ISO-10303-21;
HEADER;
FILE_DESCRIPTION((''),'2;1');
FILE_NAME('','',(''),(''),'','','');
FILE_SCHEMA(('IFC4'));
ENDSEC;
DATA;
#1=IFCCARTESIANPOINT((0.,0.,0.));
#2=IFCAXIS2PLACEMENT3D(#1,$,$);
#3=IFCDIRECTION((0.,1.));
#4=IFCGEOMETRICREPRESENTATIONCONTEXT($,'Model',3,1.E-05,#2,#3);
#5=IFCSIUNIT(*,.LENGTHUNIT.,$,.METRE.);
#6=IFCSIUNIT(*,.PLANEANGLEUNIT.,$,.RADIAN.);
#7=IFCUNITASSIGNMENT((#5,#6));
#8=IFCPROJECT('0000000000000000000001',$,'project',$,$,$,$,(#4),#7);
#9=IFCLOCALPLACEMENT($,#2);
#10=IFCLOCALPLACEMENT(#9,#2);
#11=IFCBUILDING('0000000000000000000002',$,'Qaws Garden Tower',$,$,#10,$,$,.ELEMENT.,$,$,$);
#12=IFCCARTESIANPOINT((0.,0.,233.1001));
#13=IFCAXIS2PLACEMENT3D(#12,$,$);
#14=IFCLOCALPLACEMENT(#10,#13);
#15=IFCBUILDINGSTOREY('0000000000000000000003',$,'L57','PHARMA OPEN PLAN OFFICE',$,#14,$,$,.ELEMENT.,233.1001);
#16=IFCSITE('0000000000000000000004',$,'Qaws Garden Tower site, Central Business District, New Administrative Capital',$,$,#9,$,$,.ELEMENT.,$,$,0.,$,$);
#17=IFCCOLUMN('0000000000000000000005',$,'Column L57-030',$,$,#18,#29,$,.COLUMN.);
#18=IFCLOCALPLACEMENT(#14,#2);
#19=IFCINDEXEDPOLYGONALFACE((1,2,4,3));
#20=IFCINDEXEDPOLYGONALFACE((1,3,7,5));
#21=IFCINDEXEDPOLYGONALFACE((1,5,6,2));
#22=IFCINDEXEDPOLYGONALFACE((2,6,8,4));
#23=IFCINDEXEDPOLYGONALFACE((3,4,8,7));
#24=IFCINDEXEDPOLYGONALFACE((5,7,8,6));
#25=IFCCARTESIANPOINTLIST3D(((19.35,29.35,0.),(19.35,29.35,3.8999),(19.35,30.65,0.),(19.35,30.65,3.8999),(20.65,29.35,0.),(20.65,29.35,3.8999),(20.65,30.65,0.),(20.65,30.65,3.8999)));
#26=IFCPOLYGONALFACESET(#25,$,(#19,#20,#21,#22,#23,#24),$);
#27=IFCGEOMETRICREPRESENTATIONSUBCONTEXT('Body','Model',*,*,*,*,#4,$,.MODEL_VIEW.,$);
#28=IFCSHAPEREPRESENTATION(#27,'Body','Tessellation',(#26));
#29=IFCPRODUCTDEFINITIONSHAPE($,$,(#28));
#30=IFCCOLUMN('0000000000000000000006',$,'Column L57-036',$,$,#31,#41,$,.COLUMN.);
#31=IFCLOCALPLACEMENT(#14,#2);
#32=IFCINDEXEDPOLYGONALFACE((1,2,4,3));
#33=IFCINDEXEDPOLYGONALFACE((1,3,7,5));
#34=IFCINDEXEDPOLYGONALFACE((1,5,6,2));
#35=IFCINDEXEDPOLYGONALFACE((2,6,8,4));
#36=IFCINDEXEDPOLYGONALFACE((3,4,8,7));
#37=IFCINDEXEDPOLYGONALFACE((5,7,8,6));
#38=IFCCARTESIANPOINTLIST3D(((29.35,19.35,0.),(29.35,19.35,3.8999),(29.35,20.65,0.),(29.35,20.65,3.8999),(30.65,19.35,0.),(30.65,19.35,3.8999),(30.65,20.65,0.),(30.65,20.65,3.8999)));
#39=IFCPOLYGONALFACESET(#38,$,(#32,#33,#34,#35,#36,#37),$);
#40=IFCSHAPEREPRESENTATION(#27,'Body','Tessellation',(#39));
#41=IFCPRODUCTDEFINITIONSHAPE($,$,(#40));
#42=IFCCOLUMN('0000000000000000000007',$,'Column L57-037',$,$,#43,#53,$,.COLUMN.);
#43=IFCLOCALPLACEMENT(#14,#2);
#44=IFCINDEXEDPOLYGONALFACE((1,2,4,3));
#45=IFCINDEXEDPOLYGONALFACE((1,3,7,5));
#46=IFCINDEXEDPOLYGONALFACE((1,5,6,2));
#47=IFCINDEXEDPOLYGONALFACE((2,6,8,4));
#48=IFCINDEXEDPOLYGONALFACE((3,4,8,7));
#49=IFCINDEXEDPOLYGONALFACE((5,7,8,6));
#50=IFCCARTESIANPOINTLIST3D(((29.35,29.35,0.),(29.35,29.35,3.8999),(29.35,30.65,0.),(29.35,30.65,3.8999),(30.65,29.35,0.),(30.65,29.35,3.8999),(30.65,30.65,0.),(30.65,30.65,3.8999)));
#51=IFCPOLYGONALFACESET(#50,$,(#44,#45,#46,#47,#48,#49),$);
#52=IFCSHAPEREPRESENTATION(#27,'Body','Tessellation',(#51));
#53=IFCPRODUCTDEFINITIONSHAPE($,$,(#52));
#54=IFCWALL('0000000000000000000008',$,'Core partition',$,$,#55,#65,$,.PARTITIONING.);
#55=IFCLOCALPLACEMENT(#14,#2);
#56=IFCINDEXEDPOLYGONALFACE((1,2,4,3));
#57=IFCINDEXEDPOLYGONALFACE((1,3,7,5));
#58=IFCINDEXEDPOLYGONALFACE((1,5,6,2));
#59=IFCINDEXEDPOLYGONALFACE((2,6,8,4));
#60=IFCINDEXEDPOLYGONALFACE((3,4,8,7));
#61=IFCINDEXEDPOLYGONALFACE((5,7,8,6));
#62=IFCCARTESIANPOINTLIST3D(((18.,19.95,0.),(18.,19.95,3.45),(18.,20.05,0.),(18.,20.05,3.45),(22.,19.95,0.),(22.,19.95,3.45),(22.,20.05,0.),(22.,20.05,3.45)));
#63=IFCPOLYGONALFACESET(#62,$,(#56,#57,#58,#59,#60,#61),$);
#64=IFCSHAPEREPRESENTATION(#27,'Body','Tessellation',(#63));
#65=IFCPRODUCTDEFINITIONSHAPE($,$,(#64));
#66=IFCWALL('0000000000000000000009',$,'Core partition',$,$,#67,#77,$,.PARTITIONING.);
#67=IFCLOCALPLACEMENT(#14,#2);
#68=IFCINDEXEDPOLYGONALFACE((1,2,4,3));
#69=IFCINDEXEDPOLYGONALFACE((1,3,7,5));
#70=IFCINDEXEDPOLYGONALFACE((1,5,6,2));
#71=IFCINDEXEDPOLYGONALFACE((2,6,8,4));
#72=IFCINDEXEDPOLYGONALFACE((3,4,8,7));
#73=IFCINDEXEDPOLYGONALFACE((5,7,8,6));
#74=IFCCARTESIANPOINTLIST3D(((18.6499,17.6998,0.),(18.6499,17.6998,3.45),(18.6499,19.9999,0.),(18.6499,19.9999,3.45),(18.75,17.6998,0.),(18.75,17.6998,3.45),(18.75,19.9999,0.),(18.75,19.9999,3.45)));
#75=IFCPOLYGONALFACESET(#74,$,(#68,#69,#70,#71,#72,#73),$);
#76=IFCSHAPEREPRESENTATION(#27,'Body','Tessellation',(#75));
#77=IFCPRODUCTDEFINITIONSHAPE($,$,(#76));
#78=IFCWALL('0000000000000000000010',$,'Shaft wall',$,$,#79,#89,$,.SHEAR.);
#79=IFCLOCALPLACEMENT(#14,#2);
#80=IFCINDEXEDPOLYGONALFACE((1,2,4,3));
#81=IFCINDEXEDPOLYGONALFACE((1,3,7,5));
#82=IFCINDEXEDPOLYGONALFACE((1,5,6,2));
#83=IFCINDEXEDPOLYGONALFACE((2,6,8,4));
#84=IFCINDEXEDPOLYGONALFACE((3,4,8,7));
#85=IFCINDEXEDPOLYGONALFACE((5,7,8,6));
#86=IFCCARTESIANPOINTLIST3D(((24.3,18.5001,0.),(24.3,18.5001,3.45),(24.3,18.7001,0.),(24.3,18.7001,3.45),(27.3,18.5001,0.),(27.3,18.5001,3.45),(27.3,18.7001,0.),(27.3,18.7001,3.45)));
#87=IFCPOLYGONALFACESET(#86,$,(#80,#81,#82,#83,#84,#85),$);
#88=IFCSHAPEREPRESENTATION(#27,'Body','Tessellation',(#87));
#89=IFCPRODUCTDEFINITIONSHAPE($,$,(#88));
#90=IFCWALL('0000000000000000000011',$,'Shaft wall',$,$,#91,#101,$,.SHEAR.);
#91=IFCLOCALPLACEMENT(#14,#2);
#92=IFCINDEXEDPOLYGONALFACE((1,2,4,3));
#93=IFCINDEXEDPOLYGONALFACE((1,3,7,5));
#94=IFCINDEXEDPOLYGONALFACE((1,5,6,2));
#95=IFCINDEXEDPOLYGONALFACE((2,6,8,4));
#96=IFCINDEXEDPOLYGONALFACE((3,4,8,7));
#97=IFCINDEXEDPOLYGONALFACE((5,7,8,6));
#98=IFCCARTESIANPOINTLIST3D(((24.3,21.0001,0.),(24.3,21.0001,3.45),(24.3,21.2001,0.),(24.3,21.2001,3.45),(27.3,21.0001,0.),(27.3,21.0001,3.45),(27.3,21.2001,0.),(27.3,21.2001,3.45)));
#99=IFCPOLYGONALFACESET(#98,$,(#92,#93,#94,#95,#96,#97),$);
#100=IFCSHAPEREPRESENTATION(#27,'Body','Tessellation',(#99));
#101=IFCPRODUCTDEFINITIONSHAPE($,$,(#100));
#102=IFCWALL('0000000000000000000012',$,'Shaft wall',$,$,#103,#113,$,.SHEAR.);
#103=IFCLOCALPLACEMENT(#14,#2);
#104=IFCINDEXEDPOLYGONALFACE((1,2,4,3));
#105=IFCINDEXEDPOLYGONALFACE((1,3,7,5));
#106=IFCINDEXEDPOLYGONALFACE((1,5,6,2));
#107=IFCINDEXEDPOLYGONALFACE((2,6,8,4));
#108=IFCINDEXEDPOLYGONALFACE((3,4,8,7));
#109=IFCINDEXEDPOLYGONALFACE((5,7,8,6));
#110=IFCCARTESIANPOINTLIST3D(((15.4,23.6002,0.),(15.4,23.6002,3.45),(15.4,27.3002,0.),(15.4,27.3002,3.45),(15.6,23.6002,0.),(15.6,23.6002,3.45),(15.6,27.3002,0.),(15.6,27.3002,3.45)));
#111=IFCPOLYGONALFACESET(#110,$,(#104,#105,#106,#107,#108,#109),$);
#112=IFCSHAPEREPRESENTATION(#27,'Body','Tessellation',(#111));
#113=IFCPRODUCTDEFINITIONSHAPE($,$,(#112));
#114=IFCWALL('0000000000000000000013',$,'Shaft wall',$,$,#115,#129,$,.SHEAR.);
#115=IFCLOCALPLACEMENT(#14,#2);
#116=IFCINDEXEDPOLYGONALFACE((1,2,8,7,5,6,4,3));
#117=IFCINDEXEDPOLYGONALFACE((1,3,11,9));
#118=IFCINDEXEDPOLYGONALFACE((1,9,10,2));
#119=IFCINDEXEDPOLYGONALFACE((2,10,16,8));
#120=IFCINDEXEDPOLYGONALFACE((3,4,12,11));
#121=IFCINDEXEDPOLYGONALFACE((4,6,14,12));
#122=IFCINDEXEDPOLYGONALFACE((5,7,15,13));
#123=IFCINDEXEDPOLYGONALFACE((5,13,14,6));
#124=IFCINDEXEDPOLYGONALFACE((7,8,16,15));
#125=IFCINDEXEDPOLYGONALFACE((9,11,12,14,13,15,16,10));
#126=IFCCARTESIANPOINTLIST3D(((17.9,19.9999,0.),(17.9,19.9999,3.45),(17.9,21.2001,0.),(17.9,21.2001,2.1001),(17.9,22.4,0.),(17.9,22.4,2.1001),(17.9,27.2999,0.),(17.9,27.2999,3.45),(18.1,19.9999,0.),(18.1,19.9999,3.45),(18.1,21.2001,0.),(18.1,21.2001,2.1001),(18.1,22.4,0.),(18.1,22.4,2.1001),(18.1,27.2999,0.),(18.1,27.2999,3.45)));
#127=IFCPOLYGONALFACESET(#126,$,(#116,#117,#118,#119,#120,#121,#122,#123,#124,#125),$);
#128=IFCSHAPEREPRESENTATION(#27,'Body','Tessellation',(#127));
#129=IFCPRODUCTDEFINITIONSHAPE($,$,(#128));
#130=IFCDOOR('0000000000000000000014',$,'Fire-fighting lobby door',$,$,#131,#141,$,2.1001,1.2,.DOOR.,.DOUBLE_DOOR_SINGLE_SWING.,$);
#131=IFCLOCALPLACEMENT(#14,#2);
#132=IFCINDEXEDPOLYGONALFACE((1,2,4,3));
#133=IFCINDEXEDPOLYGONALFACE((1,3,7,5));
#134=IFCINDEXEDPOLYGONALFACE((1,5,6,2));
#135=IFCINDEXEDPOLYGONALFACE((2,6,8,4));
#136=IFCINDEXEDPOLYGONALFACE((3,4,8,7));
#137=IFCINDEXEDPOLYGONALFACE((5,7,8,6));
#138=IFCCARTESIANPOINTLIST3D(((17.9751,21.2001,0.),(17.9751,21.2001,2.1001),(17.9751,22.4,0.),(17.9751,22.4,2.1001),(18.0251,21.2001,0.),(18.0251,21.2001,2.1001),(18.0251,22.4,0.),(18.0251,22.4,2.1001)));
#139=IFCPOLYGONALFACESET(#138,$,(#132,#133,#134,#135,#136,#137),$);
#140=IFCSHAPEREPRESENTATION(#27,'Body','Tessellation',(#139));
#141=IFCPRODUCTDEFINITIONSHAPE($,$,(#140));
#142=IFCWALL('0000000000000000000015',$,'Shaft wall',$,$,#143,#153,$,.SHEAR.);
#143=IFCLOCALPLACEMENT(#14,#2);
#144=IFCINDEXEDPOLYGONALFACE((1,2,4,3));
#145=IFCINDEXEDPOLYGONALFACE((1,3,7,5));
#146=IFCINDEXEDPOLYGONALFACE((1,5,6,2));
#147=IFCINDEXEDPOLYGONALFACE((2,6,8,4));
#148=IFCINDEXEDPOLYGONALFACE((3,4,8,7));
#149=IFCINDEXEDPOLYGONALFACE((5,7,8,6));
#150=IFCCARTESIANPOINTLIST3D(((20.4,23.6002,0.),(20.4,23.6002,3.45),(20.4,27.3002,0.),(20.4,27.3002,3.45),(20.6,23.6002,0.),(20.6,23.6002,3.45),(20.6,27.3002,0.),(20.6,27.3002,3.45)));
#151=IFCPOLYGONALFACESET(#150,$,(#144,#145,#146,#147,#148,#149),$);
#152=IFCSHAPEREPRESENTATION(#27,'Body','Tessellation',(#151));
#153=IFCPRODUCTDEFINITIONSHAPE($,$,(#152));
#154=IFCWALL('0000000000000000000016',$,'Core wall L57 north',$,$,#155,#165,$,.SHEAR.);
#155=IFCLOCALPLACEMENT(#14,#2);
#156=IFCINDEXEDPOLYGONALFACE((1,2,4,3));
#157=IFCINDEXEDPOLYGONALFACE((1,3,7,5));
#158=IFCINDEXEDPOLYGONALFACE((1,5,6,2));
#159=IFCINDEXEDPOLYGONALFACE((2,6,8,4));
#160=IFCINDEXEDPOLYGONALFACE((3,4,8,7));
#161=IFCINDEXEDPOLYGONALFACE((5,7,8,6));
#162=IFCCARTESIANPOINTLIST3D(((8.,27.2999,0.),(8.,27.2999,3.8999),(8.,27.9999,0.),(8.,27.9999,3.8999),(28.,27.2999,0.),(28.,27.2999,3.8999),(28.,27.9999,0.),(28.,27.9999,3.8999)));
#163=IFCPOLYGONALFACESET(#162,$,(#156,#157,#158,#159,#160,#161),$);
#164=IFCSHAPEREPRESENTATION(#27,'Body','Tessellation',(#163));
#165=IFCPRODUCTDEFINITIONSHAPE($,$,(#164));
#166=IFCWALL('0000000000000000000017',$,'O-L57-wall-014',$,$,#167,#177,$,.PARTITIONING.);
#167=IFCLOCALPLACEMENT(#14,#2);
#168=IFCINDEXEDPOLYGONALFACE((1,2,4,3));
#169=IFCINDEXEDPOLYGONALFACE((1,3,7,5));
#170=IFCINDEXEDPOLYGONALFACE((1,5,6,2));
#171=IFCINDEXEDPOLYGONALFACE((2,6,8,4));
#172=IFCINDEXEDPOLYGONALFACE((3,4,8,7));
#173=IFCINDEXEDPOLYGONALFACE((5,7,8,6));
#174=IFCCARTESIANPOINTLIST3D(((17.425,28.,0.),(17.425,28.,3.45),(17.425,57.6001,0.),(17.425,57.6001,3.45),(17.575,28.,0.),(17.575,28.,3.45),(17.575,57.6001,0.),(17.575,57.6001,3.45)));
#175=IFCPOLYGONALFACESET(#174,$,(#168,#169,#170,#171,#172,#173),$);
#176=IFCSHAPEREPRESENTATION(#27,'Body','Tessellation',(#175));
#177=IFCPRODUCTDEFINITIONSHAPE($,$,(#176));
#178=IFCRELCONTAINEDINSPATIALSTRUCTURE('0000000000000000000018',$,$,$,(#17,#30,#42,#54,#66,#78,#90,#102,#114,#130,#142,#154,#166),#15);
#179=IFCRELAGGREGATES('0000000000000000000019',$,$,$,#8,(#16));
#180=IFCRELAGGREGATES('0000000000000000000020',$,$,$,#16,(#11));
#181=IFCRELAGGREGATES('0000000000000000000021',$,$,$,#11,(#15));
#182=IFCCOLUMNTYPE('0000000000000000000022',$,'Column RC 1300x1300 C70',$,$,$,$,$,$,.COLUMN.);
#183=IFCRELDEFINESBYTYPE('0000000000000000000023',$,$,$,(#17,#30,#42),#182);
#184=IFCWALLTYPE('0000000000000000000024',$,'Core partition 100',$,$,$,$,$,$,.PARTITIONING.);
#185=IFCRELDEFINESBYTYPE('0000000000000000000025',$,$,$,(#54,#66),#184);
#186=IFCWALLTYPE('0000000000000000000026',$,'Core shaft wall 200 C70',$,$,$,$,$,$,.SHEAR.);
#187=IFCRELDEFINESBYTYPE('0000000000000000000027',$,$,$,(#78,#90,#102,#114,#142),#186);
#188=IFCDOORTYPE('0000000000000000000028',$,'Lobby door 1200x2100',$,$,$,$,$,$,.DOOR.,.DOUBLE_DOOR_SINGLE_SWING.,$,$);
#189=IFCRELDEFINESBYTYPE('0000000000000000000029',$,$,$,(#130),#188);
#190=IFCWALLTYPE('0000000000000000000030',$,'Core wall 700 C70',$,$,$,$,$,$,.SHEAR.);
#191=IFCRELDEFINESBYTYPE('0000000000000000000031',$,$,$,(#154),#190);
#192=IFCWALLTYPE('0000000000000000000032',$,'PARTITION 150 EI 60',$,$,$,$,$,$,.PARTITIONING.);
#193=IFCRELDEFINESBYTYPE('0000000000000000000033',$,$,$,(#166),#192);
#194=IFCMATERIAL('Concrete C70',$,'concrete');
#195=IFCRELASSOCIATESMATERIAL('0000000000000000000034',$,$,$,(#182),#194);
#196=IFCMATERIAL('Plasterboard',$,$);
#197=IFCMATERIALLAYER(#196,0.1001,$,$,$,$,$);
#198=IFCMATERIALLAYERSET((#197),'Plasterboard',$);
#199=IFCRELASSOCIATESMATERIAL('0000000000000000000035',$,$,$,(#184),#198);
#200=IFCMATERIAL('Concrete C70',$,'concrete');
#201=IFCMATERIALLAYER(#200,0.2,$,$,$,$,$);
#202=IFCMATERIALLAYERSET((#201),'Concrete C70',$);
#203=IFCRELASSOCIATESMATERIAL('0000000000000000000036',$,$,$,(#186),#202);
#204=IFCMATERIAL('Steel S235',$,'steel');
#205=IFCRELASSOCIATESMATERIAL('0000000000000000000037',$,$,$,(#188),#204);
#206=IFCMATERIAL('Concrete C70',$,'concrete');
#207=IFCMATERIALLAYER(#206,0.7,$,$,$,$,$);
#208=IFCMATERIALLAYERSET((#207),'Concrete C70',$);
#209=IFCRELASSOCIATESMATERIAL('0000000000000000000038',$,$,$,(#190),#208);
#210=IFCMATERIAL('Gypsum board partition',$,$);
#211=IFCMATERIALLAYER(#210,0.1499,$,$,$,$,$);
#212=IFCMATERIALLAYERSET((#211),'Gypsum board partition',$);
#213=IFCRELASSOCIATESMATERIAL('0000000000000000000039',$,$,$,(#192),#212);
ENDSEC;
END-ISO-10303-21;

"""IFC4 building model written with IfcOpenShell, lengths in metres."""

from ifc_helpers import new_model, si_unit, direction, frame, frame_2d, origin, origin_2d, place, context, subcontext, project, spatial, rectangle, extrude, material, layer, layer_set, material_profile, profile_set, type_object, element, fill, save


model = new_model("IFC4")

# Units and contexts
model_context = context("Model", 3, precision=1e-05, world=origin(), true_north=direction((0.0, 1.0)))
body_context = subcontext(model_context, "Body", "Model", "MODEL_VIEW")
ifc_project = project(units=[si_unit("LENGTHUNIT", "METRE"), si_unit("PLANEANGLEUNIT", "RADIAN")], contexts=[model_context])

# Site, building, storey
site_placement = place(None, origin())
site = spatial("IfcSite", under=ifc_project, at=site_placement, Name="Qaws Garden Tower site, Central Business District, New Administrative Capital", CompositionType="ELEMENT", RefElevation=0.0)
building_placement = place(site_placement, origin())
building = spatial("IfcBuilding", under=site, at=building_placement, Name="Qaws Garden Tower", CompositionType="ELEMENT")
storey_placement = place(building_placement, frame((0.0, 0.0, 233.1001)))
storey = spatial("IfcBuildingStorey", under=building, at=storey_placement, Name="L57", Description="PHARMA OPEN PLAN OFFICE", CompositionType="ELEMENT", Elevation=233.1001)

# Columns
ifc_material_1 = material(Name="Concrete C70", Category="concrete")
ifc_material_profile = material_profile(ifc_material_1, rectangle(XDim=1.3, YDim=1.3, at=origin_2d()), Name="RC 1300x1300")
ifc_profile_set = profile_set([ifc_material_profile], Name="Concrete C70")
column_type = type_object("IfcColumnType", Name="Column RC 1300x1300 C70", PredefinedType="COLUMN", material=ifc_profile_set)
for number, where, z_axis, x_axis, name in (
    (1, (20.0, 30.0, 0.0), (0.0, 0.0, 1.0), (1.0, 0.0, 0.0), "Column L57-030"),
    (2, (30.0, 20.0, 0.0), (0.0, 0.0, 1.0), (1.0, 0.0, 0.0), "Column L57-036"),
    (3, (30.0, 30.0, 0.0), (0.0, 0.0, 1.0), (1.0, 0.0, 0.0), "Column L57-037"),
):
    element("IfcColumn", number, at=place(storey_placement, frame(where, z_axis=z_axis, x_axis=x_axis)), inside=storey, type_object=column_type, Name=name, PredefinedType="COLUMN", context=body_context, shape_type="SweptSolid", body=[
        extrude(rectangle(XDim=1.3, YDim=1.3, at=origin_2d()), origin(), (0.0, 0.0, 1.0), 3.8999),
    ])

# Walls
ifc_material_2 = material(Name="Plasterboard")
ifc_layer_1 = layer(ifc_material_2, 0.1001)
ifc_layer_set_1 = layer_set([ifc_layer_1], Name="Plasterboard")
wall_type_1 = type_object("IfcWallType", Name="Core partition 100", PredefinedType="PARTITIONING", material=ifc_layer_set_1)
wall_1_placement = place(storey_placement, frame((18.0, 20.0, 0.0), z_axis=(0.0, 0.0, 1.0), x_axis=(1.0, 0.0, 0.0)))
element("IfcWall", 4, at=wall_1_placement, inside=storey, type_object=wall_type_1, Name="Core partition", PredefinedType="PARTITIONING", context=body_context, shape_type="SweptSolid", body=[
    extrude(rectangle(XDim=4.0, YDim=0.1001, at=frame_2d((2.0, 0.0))), origin(), (0.0, 0.0, 1.0), 3.45),
])
wall_2_placement = place(storey_placement, frame((18.7, 17.7, 0.0), z_axis=(0.0, 0.0, 1.0), x_axis=(0.0, 1.0, 0.0)))
element("IfcWall", 5, at=wall_2_placement, inside=storey, type_object=wall_type_1, Name="Core partition", PredefinedType="PARTITIONING", context=body_context, shape_type="SweptSolid", body=[
    extrude(rectangle(XDim=2.3, YDim=0.1001, at=frame_2d((1.1499, 0.0))), origin(), (0.0, 0.0, 1.0), 3.45),
])
ifc_material_3 = material(Name="Concrete C70", Category="concrete")
ifc_layer_2 = layer(ifc_material_3, 0.2)
ifc_layer_set_2 = layer_set([ifc_layer_2], Name="Concrete C70")
wall_type_2 = type_object("IfcWallType", Name="Core shaft wall 200 C70", PredefinedType="SHEAR", material=ifc_layer_set_2)
for number, where, z_axis, x_axis, name in (
    (6, (24.3, 18.6001, 0.0), (0.0, 0.0, 1.0), (1.0, 0.0, 0.0), "Shaft wall"),
    (7, (24.3, 21.1001, 0.0), (0.0, 0.0, 1.0), (1.0, 0.0, 0.0), "Shaft wall"),
):
    element("IfcWall", number, at=place(storey_placement, frame(where, z_axis=z_axis, x_axis=x_axis)), inside=storey, type_object=wall_type_2, Name=name, PredefinedType="SHEAR", context=body_context, shape_type="SweptSolid", body=[
        extrude(rectangle(XDim=3.0, YDim=0.2, at=frame_2d((1.5, 0.0))), origin(), (0.0, 0.0, 1.0), 3.45),
    ])
wall_3_placement = place(storey_placement, frame((15.5, 23.6001, 0.0), z_axis=(0.0, 0.0, 1.0), x_axis=(0.0, 1.0, 0.0)))
element("IfcWall", 8, at=wall_3_placement, inside=storey, type_object=wall_type_2, Name="Shaft wall", PredefinedType="SHEAR", context=body_context, shape_type="SweptSolid", body=[
    extrude(rectangle(XDim=3.7, YDim=0.2, at=frame_2d((1.8501, 0.0))), origin(), (0.0, 0.0, 1.0), 3.45),
])

# Wall, opening, door
wall_4_placement = place(storey_placement, frame((18.0, 20.0, 0.0), z_axis=(0.0, 0.0, 1.0), x_axis=(0.0, 1.0, 0.0)))
wall_4 = element("IfcWall", 9, at=wall_4_placement, inside=storey, type_object=wall_type_2, Name="Shaft wall", PredefinedType="SHEAR", context=body_context, shape_type="SweptSolid", body=[
    extrude(rectangle(XDim=7.3, YDim=0.2, at=frame_2d((3.6499, 0.0))), origin(), (0.0, 0.0, 1.0), 3.45),
])
opening_1_placement = place(wall_4_placement, frame((1.2, 0.0, 0.0)))
opening_1 = element("IfcOpeningElement", 10, at=opening_1_placement, cuts=wall_4, PredefinedType="OPENING", context=body_context, shape_type="SweptSolid", body=[
    extrude(rectangle(XDim=1.2, YDim=2.1001, at=frame_2d((0.6001, 1.05))), frame((0.0, 0.1099, 0.0), z_axis=(0.0, -1.0, 0.0), x_axis=(1.0, 0.0, 0.0)), (0.0, 0.0, 1.0), 0.22),
])
ifc_material_4 = material(Name="Steel S235", Category="steel")
door_type_1 = type_object("IfcDoorType", Name="Lobby door 1200x2100", OperationType="DOUBLE_DOOR_SINGLE_SWING", PredefinedType="DOOR", material=ifc_material_4)
door_1_placement = place(opening_1_placement, origin())
door_1 = element("IfcDoor", 11, at=door_1_placement, inside=storey, type_object=door_type_1, Name="Fire-fighting lobby door", OperationType="DOUBLE_DOOR_SINGLE_SWING", OverallHeight=2.1001, OverallWidth=1.2, PredefinedType="DOOR", context=body_context, shape_type="SweptSolid", body=[
    extrude(rectangle(XDim=1.2, YDim=2.1001, at=frame_2d((0.6001, 1.05))), frame((0.0, 0.0249, 0.0), z_axis=(0.0, -1.0, 0.0), x_axis=(1.0, 0.0, 0.0)), (0.0, 0.0, 1.0), 0.05),
])
fill(opening_1, door_1)

# Walls
wall_5_placement = place(storey_placement, frame((20.5, 23.6001, 0.0), z_axis=(0.0, 0.0, 1.0), x_axis=(0.0, 1.0, 0.0)))
element("IfcWall", 12, at=wall_5_placement, inside=storey, type_object=wall_type_2, Name="Shaft wall", PredefinedType="SHEAR", context=body_context, shape_type="SweptSolid", body=[
    extrude(rectangle(XDim=3.7, YDim=0.2, at=frame_2d((1.8501, 0.0))), origin(), (0.0, 0.0, 1.0), 3.45),
])
ifc_material_5 = material(Name="Concrete C70", Category="concrete")
ifc_layer_3 = layer(ifc_material_5, 0.7)
ifc_layer_set_3 = layer_set([ifc_layer_3], Name="Concrete C70")
wall_type_3 = type_object("IfcWallType", Name="Core wall 700 C70", PredefinedType="SHEAR", material=ifc_layer_set_3)
wall_6_placement = place(storey_placement, frame((28.0, 27.6499, 0.0), z_axis=(0.0, 0.0, 1.0), x_axis=(-1.0, 0.0, 0.0)))
element("IfcWall", 13, at=wall_6_placement, inside=storey, type_object=wall_type_3, Name="Core wall L57 north", PredefinedType="SHEAR", context=body_context, shape_type="SweptSolid", body=[
    extrude(rectangle(XDim=20.0, YDim=0.7, at=frame_2d((10.0, 0.0))), origin(), (0.0, 0.0, 1.0), 3.8999),
])
ifc_material_6 = material(Name="Gypsum board partition")
ifc_layer_4 = layer(ifc_material_6, 0.1499)
ifc_layer_set_4 = layer_set([ifc_layer_4], Name="Gypsum board partition")
wall_type_4 = type_object("IfcWallType", Name="PARTITION 150 EI 60", PredefinedType="PARTITIONING", material=ifc_layer_set_4)
wall_7_placement = place(storey_placement, frame((17.5, 28.0, 0.0), z_axis=(0.0, 0.0, 1.0), x_axis=(0.0, 1.0, 0.0)))
element("IfcWall", 14, at=wall_7_placement, inside=storey, type_object=wall_type_4, Name="O-L57-wall-014", PredefinedType="PARTITIONING", context=body_context, shape_type="SweptSolid", body=[
    extrude(rectangle(XDim=29.6001, YDim=0.1499, at=frame_2d((14.8, 0.0))), origin(), (0.0, 0.0, 1.0), 3.45),
])

save(model, "model.ifc")
